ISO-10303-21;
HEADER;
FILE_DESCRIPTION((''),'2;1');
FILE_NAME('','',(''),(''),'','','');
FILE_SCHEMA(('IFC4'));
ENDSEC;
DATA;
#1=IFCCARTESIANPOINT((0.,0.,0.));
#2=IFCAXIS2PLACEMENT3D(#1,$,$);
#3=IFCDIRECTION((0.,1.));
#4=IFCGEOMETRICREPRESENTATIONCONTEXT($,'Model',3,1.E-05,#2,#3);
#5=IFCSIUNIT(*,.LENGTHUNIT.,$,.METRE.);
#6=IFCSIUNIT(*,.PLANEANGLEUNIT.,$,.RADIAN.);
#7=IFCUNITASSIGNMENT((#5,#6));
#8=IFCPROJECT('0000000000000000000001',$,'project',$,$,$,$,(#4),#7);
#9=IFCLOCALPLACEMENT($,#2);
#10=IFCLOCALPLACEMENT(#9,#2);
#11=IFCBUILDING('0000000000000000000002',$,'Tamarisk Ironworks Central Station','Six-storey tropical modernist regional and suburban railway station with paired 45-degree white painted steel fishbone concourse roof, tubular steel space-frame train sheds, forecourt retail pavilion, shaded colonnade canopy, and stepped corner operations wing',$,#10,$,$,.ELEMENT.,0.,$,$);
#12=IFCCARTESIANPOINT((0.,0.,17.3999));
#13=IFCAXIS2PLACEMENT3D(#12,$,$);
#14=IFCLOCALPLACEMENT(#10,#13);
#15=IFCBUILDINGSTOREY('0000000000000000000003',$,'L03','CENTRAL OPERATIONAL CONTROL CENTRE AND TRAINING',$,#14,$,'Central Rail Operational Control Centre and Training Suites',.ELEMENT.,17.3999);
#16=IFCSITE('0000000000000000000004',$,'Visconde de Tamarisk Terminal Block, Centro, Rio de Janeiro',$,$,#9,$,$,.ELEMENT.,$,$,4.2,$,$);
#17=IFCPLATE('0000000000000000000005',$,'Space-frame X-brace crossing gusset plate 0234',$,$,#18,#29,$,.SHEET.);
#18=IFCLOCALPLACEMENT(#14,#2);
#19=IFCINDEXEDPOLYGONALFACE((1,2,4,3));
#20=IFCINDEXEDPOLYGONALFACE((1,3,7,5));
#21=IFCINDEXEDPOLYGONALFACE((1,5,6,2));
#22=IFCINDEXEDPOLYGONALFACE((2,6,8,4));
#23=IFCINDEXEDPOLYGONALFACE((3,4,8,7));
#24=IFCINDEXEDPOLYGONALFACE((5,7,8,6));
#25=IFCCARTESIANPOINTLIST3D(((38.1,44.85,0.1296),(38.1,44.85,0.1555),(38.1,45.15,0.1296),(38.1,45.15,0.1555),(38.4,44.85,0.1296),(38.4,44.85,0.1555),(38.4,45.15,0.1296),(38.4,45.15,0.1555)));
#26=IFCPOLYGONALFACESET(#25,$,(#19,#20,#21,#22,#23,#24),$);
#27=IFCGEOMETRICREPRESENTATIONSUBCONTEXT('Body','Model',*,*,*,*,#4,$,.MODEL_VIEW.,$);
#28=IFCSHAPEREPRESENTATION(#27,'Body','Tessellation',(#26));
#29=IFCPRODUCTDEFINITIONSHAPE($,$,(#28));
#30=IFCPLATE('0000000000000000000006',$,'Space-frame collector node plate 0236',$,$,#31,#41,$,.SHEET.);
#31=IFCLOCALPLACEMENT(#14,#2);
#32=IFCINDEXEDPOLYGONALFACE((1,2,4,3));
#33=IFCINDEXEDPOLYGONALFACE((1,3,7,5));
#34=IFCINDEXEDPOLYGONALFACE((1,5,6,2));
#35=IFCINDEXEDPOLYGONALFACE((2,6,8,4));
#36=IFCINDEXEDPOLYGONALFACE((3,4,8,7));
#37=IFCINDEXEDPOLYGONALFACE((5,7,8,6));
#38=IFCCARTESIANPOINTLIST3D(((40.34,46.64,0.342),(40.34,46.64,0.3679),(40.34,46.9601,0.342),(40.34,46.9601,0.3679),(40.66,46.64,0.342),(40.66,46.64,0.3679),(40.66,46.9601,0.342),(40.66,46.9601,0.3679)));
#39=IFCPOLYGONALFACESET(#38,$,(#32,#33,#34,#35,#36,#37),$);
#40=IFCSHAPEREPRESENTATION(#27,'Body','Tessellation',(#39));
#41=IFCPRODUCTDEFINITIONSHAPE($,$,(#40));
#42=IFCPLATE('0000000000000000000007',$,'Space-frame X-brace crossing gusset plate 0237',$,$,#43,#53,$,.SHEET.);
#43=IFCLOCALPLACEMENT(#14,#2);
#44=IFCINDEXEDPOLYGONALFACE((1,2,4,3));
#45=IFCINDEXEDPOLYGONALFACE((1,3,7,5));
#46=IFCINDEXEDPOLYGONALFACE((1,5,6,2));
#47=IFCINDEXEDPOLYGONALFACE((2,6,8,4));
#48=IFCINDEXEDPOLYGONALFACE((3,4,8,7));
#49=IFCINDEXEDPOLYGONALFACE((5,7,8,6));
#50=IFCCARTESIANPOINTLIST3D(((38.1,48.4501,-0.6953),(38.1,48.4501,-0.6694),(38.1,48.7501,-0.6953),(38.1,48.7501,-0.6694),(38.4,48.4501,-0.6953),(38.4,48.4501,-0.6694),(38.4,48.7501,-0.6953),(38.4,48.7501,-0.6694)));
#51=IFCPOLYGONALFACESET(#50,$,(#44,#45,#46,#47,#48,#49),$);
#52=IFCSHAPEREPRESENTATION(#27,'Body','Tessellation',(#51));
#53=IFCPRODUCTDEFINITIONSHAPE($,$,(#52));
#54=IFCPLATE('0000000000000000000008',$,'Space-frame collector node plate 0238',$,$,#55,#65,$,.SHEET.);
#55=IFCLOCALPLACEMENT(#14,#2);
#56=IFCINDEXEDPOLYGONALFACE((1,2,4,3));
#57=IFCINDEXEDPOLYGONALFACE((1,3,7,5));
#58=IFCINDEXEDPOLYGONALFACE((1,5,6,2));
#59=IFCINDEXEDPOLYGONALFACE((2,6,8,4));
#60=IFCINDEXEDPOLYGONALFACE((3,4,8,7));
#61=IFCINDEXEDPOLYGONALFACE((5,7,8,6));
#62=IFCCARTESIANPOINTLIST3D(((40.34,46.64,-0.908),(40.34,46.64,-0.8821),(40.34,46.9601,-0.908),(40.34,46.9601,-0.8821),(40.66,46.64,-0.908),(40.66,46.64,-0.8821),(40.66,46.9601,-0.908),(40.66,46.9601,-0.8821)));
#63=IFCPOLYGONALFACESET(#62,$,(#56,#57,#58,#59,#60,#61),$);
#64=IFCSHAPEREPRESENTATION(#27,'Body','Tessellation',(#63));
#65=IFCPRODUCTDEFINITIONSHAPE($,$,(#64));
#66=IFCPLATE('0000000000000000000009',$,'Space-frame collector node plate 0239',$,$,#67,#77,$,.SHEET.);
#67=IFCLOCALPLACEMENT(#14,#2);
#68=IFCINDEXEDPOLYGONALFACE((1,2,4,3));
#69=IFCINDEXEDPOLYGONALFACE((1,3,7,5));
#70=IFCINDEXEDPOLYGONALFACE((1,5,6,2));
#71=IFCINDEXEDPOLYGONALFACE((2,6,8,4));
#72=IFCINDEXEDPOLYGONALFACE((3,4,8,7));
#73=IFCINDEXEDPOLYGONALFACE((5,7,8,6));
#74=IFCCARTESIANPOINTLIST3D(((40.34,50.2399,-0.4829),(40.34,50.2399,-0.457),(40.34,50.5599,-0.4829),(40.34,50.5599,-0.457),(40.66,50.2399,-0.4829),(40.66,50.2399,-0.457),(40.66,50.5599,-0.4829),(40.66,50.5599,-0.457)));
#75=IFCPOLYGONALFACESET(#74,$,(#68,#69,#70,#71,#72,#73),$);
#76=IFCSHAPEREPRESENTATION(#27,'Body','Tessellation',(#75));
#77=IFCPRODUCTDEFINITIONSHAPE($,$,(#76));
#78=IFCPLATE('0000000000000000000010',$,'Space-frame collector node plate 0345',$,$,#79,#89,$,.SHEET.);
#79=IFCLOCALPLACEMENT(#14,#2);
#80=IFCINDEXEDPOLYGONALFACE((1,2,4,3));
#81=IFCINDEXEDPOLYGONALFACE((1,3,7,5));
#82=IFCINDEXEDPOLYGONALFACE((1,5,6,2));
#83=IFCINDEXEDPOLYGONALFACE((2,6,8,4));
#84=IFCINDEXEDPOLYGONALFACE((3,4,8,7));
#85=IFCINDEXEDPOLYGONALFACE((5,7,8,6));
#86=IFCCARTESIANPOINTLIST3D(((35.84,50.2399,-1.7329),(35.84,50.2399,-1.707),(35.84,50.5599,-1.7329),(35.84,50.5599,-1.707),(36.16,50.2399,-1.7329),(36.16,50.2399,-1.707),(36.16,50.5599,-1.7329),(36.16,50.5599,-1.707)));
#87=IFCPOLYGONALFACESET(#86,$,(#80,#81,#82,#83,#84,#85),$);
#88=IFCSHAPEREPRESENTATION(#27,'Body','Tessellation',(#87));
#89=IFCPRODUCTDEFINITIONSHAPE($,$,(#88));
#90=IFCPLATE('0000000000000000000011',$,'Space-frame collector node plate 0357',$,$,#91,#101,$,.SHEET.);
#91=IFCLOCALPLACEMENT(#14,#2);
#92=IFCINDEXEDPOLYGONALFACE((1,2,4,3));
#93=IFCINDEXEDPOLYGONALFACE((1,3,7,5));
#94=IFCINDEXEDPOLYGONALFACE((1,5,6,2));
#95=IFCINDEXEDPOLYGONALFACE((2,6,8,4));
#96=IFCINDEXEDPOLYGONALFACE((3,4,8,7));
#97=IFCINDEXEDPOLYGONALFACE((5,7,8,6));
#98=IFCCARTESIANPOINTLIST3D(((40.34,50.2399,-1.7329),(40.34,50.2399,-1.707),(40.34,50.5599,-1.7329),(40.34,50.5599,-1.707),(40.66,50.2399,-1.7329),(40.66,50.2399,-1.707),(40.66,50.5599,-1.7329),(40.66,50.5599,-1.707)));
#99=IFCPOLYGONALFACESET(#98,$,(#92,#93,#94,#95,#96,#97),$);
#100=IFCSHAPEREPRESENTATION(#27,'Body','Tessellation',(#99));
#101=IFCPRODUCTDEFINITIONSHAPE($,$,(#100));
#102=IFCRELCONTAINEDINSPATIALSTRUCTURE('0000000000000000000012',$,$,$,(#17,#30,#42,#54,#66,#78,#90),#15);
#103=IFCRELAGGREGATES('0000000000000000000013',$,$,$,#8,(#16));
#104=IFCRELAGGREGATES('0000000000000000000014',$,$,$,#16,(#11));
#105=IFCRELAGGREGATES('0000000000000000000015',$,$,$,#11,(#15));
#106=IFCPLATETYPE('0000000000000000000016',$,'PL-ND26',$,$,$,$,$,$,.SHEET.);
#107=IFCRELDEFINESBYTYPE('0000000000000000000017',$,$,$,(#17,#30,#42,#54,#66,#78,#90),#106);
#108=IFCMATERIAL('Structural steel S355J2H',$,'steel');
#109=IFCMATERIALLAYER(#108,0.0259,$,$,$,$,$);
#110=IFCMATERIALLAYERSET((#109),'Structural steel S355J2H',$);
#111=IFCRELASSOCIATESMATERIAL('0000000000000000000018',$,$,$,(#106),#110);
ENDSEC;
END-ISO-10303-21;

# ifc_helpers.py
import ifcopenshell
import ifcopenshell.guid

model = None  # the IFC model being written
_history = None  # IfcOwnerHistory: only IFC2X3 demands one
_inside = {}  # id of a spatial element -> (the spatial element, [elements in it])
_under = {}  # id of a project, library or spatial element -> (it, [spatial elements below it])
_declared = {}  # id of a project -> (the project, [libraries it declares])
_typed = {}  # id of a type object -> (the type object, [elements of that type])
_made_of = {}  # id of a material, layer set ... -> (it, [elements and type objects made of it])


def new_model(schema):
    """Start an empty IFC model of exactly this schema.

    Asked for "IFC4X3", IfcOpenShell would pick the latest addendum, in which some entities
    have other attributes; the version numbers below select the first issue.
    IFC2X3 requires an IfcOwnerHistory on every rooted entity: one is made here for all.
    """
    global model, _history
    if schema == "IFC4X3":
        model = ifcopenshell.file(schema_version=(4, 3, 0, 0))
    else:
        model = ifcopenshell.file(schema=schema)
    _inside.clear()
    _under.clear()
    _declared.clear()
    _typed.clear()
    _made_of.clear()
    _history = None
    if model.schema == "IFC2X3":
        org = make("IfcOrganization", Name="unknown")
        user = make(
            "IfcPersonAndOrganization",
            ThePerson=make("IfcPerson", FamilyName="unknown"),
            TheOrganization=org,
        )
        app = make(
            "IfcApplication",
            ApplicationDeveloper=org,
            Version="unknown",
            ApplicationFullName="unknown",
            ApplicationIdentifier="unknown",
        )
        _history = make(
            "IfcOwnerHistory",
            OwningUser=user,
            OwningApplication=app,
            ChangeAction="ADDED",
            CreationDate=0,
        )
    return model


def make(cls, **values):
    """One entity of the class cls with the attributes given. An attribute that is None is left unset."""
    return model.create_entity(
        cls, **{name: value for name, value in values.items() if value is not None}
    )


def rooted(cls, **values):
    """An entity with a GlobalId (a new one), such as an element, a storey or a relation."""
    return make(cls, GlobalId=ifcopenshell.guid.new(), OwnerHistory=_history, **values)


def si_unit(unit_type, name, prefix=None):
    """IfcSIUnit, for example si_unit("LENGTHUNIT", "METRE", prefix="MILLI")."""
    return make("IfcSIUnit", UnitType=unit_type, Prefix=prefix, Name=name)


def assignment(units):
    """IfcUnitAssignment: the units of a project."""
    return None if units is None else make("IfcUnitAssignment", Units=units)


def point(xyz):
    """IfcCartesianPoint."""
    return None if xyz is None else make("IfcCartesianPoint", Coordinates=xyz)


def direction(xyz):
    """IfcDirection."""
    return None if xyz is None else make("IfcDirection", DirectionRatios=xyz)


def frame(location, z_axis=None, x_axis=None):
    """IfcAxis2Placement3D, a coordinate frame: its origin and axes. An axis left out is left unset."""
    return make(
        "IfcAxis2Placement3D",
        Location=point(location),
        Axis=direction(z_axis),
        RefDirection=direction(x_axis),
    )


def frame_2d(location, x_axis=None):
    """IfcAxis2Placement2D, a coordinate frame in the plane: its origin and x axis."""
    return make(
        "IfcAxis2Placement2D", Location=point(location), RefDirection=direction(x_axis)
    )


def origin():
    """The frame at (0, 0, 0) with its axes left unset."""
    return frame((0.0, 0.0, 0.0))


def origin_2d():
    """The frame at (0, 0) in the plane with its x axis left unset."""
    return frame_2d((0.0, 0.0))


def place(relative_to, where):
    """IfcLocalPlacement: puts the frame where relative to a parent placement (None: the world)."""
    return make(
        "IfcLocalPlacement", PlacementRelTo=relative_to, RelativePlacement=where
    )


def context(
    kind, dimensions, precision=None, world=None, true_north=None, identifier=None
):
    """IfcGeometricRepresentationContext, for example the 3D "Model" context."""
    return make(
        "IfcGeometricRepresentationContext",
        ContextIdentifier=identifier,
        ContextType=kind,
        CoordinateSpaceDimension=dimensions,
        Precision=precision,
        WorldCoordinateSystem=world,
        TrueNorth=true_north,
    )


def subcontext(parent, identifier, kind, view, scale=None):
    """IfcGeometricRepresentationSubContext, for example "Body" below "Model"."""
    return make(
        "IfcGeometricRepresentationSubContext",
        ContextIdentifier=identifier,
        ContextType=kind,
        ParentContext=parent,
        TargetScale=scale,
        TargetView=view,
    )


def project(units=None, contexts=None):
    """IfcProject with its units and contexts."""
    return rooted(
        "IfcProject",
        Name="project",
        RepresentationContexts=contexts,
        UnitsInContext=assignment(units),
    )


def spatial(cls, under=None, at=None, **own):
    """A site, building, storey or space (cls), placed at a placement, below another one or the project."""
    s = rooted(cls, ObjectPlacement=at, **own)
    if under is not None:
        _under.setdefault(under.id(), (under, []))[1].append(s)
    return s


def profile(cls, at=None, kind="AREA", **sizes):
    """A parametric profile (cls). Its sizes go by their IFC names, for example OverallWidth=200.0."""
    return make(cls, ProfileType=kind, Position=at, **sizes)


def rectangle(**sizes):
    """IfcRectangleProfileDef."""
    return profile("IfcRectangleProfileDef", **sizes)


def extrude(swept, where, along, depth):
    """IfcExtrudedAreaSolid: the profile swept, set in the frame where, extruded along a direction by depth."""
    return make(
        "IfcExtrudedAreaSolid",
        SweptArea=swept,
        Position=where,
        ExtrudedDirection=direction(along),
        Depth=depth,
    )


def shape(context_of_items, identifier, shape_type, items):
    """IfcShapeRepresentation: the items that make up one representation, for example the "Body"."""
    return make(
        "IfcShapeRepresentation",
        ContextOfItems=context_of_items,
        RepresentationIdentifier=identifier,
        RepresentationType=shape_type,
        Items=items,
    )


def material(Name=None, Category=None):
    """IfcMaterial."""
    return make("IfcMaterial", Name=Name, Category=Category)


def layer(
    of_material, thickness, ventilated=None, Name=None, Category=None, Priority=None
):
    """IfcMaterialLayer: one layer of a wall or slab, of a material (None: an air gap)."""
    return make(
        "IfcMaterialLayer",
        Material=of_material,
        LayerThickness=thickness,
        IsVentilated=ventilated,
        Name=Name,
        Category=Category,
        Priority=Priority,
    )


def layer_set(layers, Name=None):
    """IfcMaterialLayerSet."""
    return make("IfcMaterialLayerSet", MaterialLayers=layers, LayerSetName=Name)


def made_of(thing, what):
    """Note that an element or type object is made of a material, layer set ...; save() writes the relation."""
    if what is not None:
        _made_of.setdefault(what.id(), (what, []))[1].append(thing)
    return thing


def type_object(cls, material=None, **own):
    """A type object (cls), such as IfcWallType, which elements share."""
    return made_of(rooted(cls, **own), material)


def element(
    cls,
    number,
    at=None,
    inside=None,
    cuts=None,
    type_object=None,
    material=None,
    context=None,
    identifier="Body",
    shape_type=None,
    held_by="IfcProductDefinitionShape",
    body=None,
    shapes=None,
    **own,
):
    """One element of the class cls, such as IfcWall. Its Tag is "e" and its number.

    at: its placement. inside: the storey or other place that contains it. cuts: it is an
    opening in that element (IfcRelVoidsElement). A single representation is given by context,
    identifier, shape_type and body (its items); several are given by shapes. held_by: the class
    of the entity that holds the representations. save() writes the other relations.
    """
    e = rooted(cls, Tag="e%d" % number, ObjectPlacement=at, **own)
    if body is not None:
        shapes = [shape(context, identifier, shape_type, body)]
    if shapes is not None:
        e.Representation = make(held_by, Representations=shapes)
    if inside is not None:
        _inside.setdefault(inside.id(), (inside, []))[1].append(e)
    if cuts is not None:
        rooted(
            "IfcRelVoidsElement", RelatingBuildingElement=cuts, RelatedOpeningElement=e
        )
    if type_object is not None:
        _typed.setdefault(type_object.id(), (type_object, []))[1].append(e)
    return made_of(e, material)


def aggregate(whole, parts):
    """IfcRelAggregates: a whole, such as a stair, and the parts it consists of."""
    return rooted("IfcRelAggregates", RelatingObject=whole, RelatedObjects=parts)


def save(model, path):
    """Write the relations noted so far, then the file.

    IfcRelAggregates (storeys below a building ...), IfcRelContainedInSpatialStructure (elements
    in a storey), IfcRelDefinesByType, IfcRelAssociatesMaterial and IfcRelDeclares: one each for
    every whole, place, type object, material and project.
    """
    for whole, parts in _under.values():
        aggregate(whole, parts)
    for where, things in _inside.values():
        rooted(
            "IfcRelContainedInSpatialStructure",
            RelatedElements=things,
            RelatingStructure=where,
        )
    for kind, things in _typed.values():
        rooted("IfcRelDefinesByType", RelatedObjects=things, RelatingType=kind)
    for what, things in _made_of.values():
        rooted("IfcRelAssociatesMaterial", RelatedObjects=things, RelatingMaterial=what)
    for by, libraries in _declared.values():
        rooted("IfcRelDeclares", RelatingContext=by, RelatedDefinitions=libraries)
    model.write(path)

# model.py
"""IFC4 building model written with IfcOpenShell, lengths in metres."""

from ifc_helpers import new_model, si_unit, direction, frame, origin, origin_2d, place, context, subcontext, project, spatial, rectangle, extrude, material, layer, layer_set, type_object, element, save


model = new_model("IFC4")

# Units and contexts
model_context = context("Model", 3, precision=1e-05, world=origin(), true_north=direction((0.0, 1.0)))
body_context = subcontext(model_context, "Body", "Model", "MODEL_VIEW")
ifc_project = project(units=[si_unit("LENGTHUNIT", "METRE"), si_unit("PLANEANGLEUNIT", "RADIAN")], contexts=[model_context])

# Site, building, storey
site_placement = place(None, origin())
site = spatial("IfcSite", under=ifc_project, at=site_placement, Name="Visconde de Tamarisk Terminal Block, Centro, Rio de Janeiro", CompositionType="ELEMENT", RefElevation=4.2)
building_placement = place(site_placement, origin())
building = spatial("IfcBuilding", under=site, at=building_placement, Name="Tamarisk Ironworks Central Station", Description="Six-storey tropical modernist regional and suburban railway station with paired 45-degree white painted steel fishbone concourse roof, tubular steel space-frame train sheds, forecourt retail pavilion, shaded colonnade canopy, and stepped corner operations wing", CompositionType="ELEMENT", ElevationOfRefHeight=0.0)
storey_placement = place(building_placement, frame((0.0, 0.0, 17.3999)))
storey = spatial("IfcBuildingStorey", under=building, at=storey_placement, Name="L03", Description="CENTRAL OPERATIONAL CONTROL CENTRE AND TRAINING", LongName="Central Rail Operational Control Centre and Training Suites", CompositionType="ELEMENT", Elevation=17.3999)

# Shared definitions
ifc_material_1 = material(Name="Structural steel S355J2H", Category="steel")

# Plates
ifc_layer = layer(ifc_material_1, 0.0259)
ifc_layer_set = layer_set([ifc_layer], Name="Structural steel S355J2H")
plate_type = type_object("IfcPlateType", Name="PL-ND26", PredefinedType="SHEET", material=ifc_layer_set)
plate_1_placement = place(storey_placement, frame((38.25, 45.0, 0.1296), z_axis=(0.0, 0.0, 1.0), x_axis=(1.0, 0.0, 0.0)))
element("IfcPlate", 1, at=plate_1_placement, inside=storey, type_object=plate_type, Name="Space-frame X-brace crossing gusset plate 0234", PredefinedType="SHEET", context=body_context, shape_type="SweptSolid", body=[
    extrude(rectangle(XDim=0.3, YDim=0.3, at=origin_2d()), origin(), (0.0, 0.0, 1.0), 0.0259),
])
plate_2_placement = place(storey_placement, frame((40.5, 46.8, 0.342), z_axis=(0.0, 0.0, 1.0), x_axis=(1.0, 0.0, 0.0)))
element("IfcPlate", 2, at=plate_2_placement, inside=storey, type_object=plate_type, Name="Space-frame collector node plate 0236", PredefinedType="SHEET", context=body_context, shape_type="SweptSolid", body=[
    extrude(rectangle(XDim=0.3201, YDim=0.3201, at=origin_2d()), origin(), (0.0, 0.0, 1.0), 0.0259),
])
plate_3_placement = place(storey_placement, frame((38.25, 48.6001, -0.6953), z_axis=(0.0, 0.0, 1.0), x_axis=(1.0, 0.0, 0.0)))
element("IfcPlate", 3, at=plate_3_placement, inside=storey, type_object=plate_type, Name="Space-frame X-brace crossing gusset plate 0237", PredefinedType="SHEET", context=body_context, shape_type="SweptSolid", body=[
    extrude(rectangle(XDim=0.3, YDim=0.3, at=origin_2d()), origin(), (0.0, 0.0, 1.0), 0.0259),
])
for number, where, z_axis, x_axis, name in (
    (4, (40.5, 46.8, -0.908), (0.0, 0.0, 1.0), (1.0, 0.0, 0.0), "Space-frame collector node plate 0238"),
    (5, (40.5, 50.3999, -0.4829), (0.0, 0.0, 1.0), (1.0, 0.0, 0.0), "Space-frame collector node plate 0239"),
    (6, (36.0, 50.3999, -1.7329), (0.0, 0.0, 1.0), (1.0, 0.0, 0.0), "Space-frame collector node plate 0345"),
    (7, (40.5, 50.3999, -1.7329), (0.0, 0.0, 1.0), (1.0, 0.0, 0.0), "Space-frame collector node plate 0357"),
):
    element("IfcPlate", number, at=place(storey_placement, frame(where, z_axis=z_axis, x_axis=x_axis)), inside=storey, type_object=plate_type, Name=name, PredefinedType="SHEET", context=body_context, shape_type="SweptSolid", body=[
        extrude(rectangle(XDim=0.3201, YDim=0.3201, at=origin_2d()), origin(), (0.0, 0.0, 1.0), 0.0259),
    ])

save(model, "model.ifc")
